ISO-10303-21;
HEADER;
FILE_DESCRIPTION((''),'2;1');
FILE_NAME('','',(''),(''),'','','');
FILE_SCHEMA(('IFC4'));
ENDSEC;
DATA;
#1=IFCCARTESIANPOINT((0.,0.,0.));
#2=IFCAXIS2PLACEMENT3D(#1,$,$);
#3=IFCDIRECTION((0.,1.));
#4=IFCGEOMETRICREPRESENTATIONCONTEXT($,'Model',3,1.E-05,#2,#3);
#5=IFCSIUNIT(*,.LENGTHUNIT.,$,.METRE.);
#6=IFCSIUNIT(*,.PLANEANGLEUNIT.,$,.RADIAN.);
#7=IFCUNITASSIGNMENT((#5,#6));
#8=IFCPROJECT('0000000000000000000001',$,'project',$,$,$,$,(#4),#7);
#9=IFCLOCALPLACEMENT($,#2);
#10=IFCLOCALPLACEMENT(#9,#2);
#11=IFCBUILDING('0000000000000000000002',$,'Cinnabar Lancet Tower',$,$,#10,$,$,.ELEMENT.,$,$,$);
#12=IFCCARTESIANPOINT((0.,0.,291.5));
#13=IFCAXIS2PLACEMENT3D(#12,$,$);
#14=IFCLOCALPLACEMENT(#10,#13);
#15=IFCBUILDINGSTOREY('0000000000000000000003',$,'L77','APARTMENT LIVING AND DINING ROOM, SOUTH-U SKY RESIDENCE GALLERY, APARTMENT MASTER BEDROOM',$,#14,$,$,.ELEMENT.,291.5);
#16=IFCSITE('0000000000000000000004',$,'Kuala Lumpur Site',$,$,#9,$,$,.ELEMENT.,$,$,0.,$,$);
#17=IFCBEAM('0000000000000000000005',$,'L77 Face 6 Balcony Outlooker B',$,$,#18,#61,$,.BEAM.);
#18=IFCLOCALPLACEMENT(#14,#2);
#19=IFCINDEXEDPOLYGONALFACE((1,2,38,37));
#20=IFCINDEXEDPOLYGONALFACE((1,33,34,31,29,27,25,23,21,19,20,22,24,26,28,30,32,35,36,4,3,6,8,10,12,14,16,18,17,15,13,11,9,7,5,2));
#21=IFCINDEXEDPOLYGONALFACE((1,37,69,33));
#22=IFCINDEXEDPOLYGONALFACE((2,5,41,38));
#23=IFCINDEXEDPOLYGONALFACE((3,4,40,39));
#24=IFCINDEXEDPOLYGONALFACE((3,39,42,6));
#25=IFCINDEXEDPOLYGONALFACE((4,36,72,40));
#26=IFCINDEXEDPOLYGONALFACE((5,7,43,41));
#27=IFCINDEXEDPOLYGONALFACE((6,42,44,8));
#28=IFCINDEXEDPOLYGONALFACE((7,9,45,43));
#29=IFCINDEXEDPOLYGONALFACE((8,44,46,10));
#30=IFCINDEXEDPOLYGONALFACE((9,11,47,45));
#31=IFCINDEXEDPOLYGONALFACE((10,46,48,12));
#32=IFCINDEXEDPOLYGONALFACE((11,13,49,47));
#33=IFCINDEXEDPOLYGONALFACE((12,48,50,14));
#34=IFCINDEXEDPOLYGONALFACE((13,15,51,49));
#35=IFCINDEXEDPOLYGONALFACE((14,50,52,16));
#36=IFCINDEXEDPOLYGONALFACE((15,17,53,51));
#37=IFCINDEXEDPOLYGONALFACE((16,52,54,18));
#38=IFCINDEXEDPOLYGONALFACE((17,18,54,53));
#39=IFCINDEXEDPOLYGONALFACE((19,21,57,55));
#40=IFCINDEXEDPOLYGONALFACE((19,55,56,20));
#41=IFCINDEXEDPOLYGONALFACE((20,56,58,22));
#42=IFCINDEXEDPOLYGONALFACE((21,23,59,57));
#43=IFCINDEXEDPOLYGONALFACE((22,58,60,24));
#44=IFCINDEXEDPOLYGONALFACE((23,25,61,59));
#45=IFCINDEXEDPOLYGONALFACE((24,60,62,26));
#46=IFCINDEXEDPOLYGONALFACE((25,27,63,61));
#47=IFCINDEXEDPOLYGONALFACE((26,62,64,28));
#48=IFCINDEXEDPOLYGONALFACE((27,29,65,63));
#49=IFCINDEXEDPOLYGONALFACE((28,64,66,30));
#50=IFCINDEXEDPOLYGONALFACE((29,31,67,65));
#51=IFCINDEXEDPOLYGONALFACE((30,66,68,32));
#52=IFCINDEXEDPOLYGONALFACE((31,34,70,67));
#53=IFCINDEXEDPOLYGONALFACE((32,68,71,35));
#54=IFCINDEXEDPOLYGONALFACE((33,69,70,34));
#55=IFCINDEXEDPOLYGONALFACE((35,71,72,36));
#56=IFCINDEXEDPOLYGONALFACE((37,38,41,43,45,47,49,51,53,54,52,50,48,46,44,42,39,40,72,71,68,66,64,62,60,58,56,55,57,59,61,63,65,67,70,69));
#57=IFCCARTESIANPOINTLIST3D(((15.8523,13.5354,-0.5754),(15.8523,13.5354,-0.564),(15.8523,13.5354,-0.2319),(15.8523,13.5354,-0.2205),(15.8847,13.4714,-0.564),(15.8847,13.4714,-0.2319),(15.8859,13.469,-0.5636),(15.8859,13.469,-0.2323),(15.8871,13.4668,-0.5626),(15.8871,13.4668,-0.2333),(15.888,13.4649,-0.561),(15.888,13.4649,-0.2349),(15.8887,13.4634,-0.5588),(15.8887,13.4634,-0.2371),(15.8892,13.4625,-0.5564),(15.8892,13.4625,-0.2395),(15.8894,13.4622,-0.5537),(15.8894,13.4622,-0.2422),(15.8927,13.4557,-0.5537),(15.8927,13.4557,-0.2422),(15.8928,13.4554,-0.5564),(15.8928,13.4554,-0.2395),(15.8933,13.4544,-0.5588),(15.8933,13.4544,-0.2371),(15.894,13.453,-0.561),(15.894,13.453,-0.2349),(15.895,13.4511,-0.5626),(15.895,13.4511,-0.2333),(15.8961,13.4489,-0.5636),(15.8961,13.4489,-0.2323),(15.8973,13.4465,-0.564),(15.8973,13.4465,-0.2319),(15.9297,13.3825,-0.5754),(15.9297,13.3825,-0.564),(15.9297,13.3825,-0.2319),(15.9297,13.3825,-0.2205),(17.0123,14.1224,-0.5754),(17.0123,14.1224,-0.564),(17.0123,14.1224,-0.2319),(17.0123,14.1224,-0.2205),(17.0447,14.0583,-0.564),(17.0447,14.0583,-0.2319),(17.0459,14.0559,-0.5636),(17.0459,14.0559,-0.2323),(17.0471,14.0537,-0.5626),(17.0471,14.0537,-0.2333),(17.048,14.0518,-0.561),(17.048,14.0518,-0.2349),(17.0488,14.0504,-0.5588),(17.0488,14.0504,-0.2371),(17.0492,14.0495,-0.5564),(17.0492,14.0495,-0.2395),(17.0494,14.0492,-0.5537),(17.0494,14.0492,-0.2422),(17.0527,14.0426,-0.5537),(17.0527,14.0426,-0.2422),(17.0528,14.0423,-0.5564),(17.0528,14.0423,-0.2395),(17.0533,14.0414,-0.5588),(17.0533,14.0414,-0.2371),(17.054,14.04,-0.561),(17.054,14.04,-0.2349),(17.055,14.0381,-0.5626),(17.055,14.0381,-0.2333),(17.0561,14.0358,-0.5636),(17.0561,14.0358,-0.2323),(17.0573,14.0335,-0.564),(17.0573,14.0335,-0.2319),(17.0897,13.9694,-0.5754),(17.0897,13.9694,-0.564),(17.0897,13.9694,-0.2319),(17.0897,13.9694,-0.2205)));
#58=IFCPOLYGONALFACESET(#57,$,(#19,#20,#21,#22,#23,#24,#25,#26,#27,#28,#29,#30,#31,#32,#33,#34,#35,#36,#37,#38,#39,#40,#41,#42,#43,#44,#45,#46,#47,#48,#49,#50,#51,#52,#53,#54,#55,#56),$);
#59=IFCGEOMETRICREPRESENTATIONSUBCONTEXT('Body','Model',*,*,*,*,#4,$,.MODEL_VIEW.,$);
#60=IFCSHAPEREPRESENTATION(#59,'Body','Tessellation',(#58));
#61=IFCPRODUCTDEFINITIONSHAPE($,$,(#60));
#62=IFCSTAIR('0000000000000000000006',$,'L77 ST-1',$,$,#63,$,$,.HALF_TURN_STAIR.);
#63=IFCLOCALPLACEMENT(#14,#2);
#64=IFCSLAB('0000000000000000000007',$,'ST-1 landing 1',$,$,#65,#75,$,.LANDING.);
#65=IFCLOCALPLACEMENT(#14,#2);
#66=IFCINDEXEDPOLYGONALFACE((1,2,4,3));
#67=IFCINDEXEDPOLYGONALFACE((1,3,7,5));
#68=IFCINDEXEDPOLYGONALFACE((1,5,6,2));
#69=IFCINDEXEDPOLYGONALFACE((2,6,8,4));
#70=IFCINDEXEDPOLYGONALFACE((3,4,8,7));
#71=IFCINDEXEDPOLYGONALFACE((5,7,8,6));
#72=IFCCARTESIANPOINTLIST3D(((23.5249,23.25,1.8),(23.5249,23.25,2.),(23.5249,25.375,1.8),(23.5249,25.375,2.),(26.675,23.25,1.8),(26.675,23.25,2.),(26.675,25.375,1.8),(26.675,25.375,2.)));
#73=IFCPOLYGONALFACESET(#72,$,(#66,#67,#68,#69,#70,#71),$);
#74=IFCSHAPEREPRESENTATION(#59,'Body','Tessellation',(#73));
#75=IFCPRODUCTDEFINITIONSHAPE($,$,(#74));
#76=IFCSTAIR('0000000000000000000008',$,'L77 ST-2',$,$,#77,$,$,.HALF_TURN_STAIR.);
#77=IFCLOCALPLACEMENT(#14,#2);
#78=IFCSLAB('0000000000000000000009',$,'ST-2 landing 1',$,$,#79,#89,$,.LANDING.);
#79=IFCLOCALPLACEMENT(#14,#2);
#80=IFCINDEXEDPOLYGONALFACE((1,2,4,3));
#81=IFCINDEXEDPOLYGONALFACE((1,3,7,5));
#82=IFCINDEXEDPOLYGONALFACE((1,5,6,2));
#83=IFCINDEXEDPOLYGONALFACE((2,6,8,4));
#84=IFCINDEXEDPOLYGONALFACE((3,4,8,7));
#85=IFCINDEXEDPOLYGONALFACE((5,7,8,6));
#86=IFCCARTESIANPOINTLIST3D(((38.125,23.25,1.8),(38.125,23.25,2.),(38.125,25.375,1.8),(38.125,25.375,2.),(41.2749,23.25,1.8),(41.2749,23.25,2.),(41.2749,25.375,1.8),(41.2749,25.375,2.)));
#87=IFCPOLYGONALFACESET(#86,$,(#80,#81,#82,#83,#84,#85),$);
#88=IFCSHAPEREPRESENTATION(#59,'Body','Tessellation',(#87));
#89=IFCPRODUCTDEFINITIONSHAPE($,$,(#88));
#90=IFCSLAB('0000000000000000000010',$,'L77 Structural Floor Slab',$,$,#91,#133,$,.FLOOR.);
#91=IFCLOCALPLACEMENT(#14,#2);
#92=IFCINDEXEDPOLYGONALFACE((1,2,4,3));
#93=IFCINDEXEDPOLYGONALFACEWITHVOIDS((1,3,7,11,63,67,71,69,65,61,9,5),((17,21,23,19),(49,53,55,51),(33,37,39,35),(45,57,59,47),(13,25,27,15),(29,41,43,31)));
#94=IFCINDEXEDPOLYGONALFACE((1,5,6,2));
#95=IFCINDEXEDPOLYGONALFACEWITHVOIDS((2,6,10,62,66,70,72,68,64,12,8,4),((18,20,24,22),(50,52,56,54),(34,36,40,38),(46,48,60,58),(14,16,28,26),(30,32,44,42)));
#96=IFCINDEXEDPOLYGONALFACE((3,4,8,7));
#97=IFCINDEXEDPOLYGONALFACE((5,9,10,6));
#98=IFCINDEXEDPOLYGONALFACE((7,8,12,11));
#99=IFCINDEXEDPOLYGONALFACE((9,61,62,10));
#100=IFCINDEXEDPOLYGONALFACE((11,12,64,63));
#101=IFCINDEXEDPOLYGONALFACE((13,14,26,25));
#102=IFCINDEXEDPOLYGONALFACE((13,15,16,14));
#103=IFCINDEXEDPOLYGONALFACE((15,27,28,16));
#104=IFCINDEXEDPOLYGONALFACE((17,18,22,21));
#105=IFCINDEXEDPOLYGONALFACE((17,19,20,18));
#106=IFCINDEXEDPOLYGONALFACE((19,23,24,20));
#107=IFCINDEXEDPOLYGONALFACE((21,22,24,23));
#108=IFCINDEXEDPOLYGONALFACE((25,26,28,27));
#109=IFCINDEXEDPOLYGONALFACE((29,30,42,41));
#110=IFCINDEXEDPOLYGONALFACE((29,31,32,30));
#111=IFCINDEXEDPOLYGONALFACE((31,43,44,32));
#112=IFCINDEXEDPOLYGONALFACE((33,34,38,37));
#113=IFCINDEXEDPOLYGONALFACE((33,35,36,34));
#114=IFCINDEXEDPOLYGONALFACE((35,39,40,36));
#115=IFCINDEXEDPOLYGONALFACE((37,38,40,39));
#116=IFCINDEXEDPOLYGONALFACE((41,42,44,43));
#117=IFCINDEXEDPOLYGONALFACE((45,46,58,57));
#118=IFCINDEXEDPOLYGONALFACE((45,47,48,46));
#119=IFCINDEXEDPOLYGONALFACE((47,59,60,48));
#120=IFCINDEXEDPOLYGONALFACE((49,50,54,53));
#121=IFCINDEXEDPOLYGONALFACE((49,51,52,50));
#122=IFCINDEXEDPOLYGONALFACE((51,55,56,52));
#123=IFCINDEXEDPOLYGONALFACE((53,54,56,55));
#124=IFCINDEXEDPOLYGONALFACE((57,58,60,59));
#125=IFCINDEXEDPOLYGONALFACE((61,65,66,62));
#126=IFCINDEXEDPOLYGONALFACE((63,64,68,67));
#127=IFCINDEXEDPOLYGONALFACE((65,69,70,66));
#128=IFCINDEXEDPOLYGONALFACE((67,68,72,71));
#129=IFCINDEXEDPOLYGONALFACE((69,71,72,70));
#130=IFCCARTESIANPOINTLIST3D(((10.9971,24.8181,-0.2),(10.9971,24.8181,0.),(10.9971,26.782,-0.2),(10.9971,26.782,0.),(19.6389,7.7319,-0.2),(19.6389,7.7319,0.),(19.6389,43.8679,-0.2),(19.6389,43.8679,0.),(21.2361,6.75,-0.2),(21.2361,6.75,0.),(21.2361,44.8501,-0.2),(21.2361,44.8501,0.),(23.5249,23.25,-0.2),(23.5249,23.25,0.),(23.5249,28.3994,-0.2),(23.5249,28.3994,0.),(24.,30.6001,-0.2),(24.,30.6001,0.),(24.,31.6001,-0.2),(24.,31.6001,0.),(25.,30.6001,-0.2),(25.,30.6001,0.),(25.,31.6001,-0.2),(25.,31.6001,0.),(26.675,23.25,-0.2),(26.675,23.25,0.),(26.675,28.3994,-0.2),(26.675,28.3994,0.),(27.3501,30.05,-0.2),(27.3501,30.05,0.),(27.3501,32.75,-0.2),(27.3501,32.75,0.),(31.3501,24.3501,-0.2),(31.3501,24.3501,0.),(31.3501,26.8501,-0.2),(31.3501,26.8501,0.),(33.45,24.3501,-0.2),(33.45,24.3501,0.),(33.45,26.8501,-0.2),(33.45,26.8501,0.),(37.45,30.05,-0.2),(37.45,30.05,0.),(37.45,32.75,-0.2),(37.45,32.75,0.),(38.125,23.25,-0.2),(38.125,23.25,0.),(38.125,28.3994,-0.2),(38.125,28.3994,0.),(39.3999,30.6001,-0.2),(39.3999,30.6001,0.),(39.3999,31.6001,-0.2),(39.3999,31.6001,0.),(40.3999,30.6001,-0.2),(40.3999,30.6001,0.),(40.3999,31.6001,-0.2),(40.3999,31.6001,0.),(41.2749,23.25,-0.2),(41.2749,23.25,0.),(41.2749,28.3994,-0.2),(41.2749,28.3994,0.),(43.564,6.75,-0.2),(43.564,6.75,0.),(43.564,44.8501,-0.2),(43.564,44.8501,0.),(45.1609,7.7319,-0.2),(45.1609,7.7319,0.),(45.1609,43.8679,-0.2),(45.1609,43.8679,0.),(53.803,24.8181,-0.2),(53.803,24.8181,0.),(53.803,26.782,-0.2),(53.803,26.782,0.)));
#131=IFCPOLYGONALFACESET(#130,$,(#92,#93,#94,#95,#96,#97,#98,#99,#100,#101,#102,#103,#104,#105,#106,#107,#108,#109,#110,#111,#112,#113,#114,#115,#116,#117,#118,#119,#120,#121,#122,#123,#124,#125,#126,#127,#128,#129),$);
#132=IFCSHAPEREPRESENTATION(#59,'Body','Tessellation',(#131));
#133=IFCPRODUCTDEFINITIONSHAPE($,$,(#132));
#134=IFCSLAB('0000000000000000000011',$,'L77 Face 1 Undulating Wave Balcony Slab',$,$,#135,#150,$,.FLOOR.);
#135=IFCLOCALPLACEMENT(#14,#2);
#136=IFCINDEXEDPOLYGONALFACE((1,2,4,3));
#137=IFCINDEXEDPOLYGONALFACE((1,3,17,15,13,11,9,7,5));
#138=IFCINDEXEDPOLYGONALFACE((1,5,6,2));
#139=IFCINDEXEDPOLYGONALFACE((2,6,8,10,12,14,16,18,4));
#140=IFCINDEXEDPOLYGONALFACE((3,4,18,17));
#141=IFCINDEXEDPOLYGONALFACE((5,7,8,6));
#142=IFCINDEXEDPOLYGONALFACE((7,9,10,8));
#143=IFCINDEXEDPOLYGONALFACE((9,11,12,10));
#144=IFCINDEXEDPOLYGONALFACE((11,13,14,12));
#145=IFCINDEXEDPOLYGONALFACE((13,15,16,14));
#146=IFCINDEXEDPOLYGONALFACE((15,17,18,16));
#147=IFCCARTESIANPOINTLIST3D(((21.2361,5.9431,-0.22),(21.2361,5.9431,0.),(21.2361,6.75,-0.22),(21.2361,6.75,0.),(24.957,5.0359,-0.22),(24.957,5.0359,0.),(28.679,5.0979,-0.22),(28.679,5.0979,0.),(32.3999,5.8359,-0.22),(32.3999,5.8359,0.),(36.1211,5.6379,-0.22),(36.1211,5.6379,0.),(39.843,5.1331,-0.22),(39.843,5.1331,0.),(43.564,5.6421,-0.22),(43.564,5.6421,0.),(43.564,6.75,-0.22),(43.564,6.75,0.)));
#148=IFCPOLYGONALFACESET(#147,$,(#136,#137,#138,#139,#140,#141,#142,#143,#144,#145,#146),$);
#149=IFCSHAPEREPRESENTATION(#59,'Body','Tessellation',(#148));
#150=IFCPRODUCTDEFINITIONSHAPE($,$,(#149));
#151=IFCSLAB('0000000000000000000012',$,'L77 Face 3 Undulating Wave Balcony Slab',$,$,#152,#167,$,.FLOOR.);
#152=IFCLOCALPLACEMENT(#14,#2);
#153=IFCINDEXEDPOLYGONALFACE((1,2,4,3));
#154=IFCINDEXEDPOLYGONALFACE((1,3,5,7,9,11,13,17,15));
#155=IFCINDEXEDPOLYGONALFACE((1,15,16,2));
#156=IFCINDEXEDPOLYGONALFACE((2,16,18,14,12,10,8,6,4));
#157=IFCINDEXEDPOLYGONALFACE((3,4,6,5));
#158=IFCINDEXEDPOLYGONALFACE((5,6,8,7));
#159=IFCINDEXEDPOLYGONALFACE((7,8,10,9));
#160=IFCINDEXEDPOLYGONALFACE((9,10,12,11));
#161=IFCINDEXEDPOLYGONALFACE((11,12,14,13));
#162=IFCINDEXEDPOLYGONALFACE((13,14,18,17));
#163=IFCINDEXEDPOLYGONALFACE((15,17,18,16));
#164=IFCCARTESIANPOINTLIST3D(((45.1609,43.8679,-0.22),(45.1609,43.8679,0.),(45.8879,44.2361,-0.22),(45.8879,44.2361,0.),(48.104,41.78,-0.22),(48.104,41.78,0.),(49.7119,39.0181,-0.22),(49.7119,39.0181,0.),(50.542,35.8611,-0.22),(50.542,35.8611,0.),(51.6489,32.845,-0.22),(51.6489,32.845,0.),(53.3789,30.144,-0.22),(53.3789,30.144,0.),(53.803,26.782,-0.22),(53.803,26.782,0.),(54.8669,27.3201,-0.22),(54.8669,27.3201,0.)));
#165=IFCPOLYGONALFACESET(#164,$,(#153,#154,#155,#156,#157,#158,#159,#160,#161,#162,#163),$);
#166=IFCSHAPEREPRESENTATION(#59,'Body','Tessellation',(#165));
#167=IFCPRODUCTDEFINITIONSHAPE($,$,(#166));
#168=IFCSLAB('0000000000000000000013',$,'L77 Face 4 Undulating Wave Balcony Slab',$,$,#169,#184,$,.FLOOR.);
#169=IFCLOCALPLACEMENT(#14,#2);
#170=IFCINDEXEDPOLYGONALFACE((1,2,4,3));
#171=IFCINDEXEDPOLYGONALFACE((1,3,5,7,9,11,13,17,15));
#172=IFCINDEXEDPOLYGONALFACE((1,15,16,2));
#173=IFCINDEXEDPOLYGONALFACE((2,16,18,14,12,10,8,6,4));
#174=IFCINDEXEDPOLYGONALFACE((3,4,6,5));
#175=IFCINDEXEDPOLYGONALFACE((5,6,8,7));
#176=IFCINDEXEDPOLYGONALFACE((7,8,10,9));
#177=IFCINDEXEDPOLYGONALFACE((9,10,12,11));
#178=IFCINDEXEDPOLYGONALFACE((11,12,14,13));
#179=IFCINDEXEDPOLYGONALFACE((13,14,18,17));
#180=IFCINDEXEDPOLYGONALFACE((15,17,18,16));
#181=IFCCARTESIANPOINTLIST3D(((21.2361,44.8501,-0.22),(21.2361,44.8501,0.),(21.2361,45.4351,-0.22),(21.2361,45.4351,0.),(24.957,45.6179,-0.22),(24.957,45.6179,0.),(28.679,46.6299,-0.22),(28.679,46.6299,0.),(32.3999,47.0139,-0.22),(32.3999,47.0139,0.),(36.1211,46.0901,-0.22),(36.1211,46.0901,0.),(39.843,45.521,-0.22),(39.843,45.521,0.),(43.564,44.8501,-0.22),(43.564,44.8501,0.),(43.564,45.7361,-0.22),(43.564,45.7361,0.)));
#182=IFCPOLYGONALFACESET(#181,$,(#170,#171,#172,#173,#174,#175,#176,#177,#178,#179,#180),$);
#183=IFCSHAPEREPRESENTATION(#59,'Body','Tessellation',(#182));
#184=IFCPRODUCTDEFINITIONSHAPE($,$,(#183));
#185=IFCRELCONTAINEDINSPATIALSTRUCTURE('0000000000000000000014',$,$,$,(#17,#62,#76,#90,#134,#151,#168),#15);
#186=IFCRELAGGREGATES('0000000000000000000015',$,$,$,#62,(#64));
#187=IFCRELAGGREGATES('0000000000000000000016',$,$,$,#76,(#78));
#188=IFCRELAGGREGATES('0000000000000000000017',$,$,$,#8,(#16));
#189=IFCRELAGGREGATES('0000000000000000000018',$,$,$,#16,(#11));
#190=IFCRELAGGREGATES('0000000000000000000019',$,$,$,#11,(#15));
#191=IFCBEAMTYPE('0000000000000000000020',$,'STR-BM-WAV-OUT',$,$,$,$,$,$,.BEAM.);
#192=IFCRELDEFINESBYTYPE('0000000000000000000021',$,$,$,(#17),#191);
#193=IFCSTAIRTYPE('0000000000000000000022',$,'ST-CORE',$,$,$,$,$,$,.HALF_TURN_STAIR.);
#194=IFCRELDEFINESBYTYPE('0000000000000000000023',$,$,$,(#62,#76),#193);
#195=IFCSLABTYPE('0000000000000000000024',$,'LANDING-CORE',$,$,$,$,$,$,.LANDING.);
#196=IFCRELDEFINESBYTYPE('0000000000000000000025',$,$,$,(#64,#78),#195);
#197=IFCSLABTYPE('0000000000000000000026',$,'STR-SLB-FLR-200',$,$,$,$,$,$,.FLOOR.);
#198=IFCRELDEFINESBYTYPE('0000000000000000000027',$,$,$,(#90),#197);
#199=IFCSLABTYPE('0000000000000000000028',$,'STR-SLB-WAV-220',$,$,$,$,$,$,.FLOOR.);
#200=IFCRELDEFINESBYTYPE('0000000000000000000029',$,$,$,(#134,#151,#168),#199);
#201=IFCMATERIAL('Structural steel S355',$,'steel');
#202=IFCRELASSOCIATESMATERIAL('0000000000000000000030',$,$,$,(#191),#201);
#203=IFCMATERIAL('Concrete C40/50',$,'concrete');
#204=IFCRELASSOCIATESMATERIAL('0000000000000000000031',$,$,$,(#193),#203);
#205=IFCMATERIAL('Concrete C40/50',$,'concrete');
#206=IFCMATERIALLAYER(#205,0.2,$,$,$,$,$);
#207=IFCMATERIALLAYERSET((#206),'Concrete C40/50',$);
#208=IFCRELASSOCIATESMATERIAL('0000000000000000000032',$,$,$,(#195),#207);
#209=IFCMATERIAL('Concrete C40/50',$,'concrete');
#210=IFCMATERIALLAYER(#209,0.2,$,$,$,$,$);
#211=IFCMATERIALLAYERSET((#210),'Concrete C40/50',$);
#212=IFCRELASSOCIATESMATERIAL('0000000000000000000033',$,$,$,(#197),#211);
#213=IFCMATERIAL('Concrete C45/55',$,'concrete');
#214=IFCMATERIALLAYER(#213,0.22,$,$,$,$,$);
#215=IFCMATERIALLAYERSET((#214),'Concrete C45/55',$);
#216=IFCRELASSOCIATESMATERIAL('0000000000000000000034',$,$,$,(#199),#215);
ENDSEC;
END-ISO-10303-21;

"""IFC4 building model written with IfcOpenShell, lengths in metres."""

from ifc_helpers import new_model, si_unit, direction, frame, origin, origin_2d, place, context, subcontext, project, spatial, polyline, i_section, outline, extrude, material, layer, layer_set, material_profile, profile_set, type_object, element, aggregate, save


model = new_model("IFC4")

# Units and contexts
model_context = context("Model", 3, precision=1e-05, world=origin(), true_north=direction((0.0, 1.0)))
body_context = subcontext(model_context, "Body", "Model", "MODEL_VIEW")
ifc_project = project(units=[si_unit("LENGTHUNIT", "METRE"), si_unit("PLANEANGLEUNIT", "RADIAN")], contexts=[model_context])

# Site, building, storey
site_placement = place(None, origin())
site = spatial("IfcSite", under=ifc_project, at=site_placement, Name="Kuala Lumpur Site", CompositionType="ELEMENT", RefElevation=0.0)
building_placement = place(site_placement, origin())
building = spatial("IfcBuilding", under=site, at=building_placement, Name="Cinnabar Lancet Tower", CompositionType="ELEMENT")
storey_placement = place(building_placement, frame((0.0, 0.0, 291.5)))
storey = spatial("IfcBuildingStorey", under=building, at=storey_placement, Name="L77", Description="APARTMENT LIVING AND DINING ROOM, SOUTH-U SKY RESIDENCE GALLERY, APARTMENT MASTER BEDROOM", CompositionType="ELEMENT", Elevation=291.5)

# Beam
ifc_material_1 = material(Name="Structural steel S355", Category="steel")
ifc_material_profile_1 = material_profile(ifc_material_1, i_section(OverallWidth=0.1714, OverallDepth=0.355, WebThickness=0.0073, FlangeThickness=0.0115, FilletRadius=0.0103, at=origin_2d()), Name="UKB 356x171x51")
ifc_profile_set_1 = profile_set([ifc_material_profile_1], Name="Structural steel S355")
beam_type_1 = type_object("IfcBeamType", Name="STR-BM-WAV-OUT", PredefinedType="BEAM", material=ifc_profile_set_1)
beam_1_placement = place(storey_placement, frame((17.051, 14.0459, -0.3979), z_axis=(-0.892276, -0.45149, 0.0), x_axis=(0.45149, -0.892276, 0.0)))
element("IfcBeam", 1, at=beam_1_placement, inside=storey, type_object=beam_type_1, Name="L77 Face 6 Balcony Outlooker B", PredefinedType="BEAM", context=body_context, shape_type="SweptSolid", body=[
    extrude(i_section(OverallWidth=0.1714, OverallDepth=0.355, WebThickness=0.0073, FlangeThickness=0.0115, FilletRadius=0.0103, at=origin_2d()), origin(), (0.0, 0.0, 1.0), 1.3),
])

# Stairs, slabs
ifc_material_2 = material(Name="Concrete C40/50", Category="concrete")
stair_type = type_object("IfcStairType", Name="ST-CORE", PredefinedType="HALF_TURN_STAIR", material=ifc_material_2)
stair_1_placement = place(storey_placement, origin())
stair_1 = element("IfcStair", 2, at=stair_1_placement, inside=storey, type_object=stair_type, Name="L77 ST-1", PredefinedType="HALF_TURN_STAIR")
ifc_material_3 = material(Name="Concrete C40/50", Category="concrete")
ifc_layer_1 = layer(ifc_material_3, 0.2)
ifc_layer_set_1 = layer_set([ifc_layer_1], Name="Concrete C40/50")
slab_type_1 = type_object("IfcSlabType", Name="LANDING-CORE", PredefinedType="LANDING", material=ifc_layer_set_1)
slab_1_placement = place(storey_placement, frame((0.0, 0.0, 1.8)))
slab_1 = element("IfcSlab", 3, at=slab_1_placement, type_object=slab_type_1, Name="ST-1 landing 1", PredefinedType="LANDING", context=body_context, shape_type="SweptSolid", body=[
    extrude(outline(polyline([(23.5249, 25.375), (23.5249, 23.25), (26.675, 23.25), (26.675, 25.375), (23.5249, 25.375)])), origin(), (0.0, 0.0, 1.0), 0.2),
])
aggregate(stair_1, [slab_1])
stair_2_placement = place(storey_placement, origin())
stair_2 = element("IfcStair", 4, at=stair_2_placement, inside=storey, type_object=stair_type, Name="L77 ST-2", PredefinedType="HALF_TURN_STAIR")
slab_2_placement = place(storey_placement, frame((0.0, 0.0, 1.8)))
slab_2 = element("IfcSlab", 5, at=slab_2_placement, type_object=slab_type_1, Name="ST-2 landing 1", PredefinedType="LANDING", context=body_context, shape_type="SweptSolid", body=[
    extrude(outline(polyline([(38.125, 25.375), (38.125, 23.25), (41.2749, 23.25), (41.2749, 25.375), (38.125, 25.375)])), origin(), (0.0, 0.0, 1.0), 0.2),
])
aggregate(stair_2, [slab_2])

# Slabs
ifc_material_4 = material(Name="Concrete C40/50", Category="concrete")
ifc_layer_2 = layer(ifc_material_4, 0.2)
ifc_layer_set_2 = layer_set([ifc_layer_2], Name="Concrete C40/50")
slab_type_2 = type_object("IfcSlabType", Name="STR-SLB-FLR-200", PredefinedType="FLOOR", material=ifc_layer_set_2)
slab_3_placement = place(storey_placement, frame((0.0, 0.0, -0.2)))
element("IfcSlab", 6, at=slab_3_placement, inside=storey, type_object=slab_type_2, Name="L77 Structural Floor Slab", PredefinedType="FLOOR", context=body_context, shape_type="SweptSolid", body=[
    extrude(outline(polyline([(19.6389, 7.7319), (21.2361, 6.75), (43.564, 6.75), (45.1609, 7.7319), (53.803, 24.8181), (53.803, 26.782), (45.1609, 43.8679), (43.564, 44.8501), (21.2361, 44.8501), (19.6389, 43.8679), (10.9971, 26.782), (10.9971, 24.8181), (19.6389, 7.7319)]), holes=[polyline([(23.5249, 23.25), (26.675, 23.25), (26.675, 28.3994), (23.5249, 28.3994), (23.5249, 23.25)]), polyline([(38.125, 23.25), (41.2749, 23.25), (41.2749, 28.3994), (38.125, 28.3994), (38.125, 23.25)]), polyline([(27.3501, 30.05), (37.45, 30.05), (37.45, 32.75), (27.3501, 32.75), (27.3501, 30.05)]), polyline([(31.3501, 24.3501), (33.45, 24.3501), (33.45, 26.8501), (31.3501, 26.8501), (31.3501, 24.3501)]), polyline([(24.0, 30.6001), (25.0, 30.6001), (25.0, 31.6001), (24.0, 31.6001), (24.0, 30.6001)]), polyline([(39.3999, 30.6001), (40.3999, 30.6001), (40.3999, 31.6001), (39.3999, 31.6001), (39.3999, 30.6001)])]), origin(), (0.0, 0.0, 1.0), 0.2),
])
ifc_material_5 = material(Name="Concrete C45/55", Category="concrete")
ifc_layer_3 = layer(ifc_material_5, 0.22)
ifc_layer_set_3 = layer_set([ifc_layer_3], Name="Concrete C45/55")
slab_type_3 = type_object("IfcSlabType", Name="STR-SLB-WAV-220", PredefinedType="FLOOR", material=ifc_layer_set_3)
slab_4_placement = place(storey_placement, frame((0.0, 0.0, -0.22)))
element("IfcSlab", 7, at=slab_4_placement, inside=storey, type_object=slab_type_3, Name="L77 Face 1 Undulating Wave Balcony Slab", PredefinedType="FLOOR", context=body_context, shape_type="SweptSolid", body=[
    extrude(outline(polyline([(21.2361, 6.75), (21.2361, 5.9431), (24.957, 5.0359), (28.679, 5.0979), (32.3999, 5.8359), (36.1211, 5.6379), (39.843, 5.1331), (43.564, 5.6421), (43.564, 6.75), (21.2361, 6.75)])), origin(), (0.0, 0.0, 1.0), 0.22),
])
slab_5_placement = place(storey_placement, frame((0.0, 0.0, -0.22)))
element("IfcSlab", 8, at=slab_5_placement, inside=storey, type_object=slab_type_3, Name="L77 Face 3 Undulating Wave Balcony Slab", PredefinedType="FLOOR", context=body_context, shape_type="SweptSolid", body=[
    extrude(outline(polyline([(53.803, 26.782), (54.8669, 27.3201), (53.3789, 30.144), (51.6489, 32.845), (50.542, 35.8611), (49.7119, 39.0181), (48.104, 41.78), (45.8879, 44.2361), (45.1609, 43.8679), (53.803, 26.782)])), origin(), (0.0, 0.0, 1.0), 0.22),
])
slab_6_placement = place(storey_placement, frame((0.0, 0.0, -0.22)))
element("IfcSlab", 9, at=slab_6_placement, inside=storey, type_object=slab_type_3, Name="L77 Face 4 Undulating Wave Balcony Slab", PredefinedType="FLOOR", context=body_context, shape_type="SweptSolid", body=[
    extrude(outline(polyline([(43.564, 44.8501), (43.564, 45.7361), (39.843, 45.521), (36.1211, 46.0901), (32.3999, 47.0139), (28.679, 46.6299), (24.957, 45.6179), (21.2361, 45.4351), (21.2361, 44.8501), (43.564, 44.8501)])), origin(), (0.0, 0.0, 1.0), 0.22),
])

save(model, "model.ifc")
